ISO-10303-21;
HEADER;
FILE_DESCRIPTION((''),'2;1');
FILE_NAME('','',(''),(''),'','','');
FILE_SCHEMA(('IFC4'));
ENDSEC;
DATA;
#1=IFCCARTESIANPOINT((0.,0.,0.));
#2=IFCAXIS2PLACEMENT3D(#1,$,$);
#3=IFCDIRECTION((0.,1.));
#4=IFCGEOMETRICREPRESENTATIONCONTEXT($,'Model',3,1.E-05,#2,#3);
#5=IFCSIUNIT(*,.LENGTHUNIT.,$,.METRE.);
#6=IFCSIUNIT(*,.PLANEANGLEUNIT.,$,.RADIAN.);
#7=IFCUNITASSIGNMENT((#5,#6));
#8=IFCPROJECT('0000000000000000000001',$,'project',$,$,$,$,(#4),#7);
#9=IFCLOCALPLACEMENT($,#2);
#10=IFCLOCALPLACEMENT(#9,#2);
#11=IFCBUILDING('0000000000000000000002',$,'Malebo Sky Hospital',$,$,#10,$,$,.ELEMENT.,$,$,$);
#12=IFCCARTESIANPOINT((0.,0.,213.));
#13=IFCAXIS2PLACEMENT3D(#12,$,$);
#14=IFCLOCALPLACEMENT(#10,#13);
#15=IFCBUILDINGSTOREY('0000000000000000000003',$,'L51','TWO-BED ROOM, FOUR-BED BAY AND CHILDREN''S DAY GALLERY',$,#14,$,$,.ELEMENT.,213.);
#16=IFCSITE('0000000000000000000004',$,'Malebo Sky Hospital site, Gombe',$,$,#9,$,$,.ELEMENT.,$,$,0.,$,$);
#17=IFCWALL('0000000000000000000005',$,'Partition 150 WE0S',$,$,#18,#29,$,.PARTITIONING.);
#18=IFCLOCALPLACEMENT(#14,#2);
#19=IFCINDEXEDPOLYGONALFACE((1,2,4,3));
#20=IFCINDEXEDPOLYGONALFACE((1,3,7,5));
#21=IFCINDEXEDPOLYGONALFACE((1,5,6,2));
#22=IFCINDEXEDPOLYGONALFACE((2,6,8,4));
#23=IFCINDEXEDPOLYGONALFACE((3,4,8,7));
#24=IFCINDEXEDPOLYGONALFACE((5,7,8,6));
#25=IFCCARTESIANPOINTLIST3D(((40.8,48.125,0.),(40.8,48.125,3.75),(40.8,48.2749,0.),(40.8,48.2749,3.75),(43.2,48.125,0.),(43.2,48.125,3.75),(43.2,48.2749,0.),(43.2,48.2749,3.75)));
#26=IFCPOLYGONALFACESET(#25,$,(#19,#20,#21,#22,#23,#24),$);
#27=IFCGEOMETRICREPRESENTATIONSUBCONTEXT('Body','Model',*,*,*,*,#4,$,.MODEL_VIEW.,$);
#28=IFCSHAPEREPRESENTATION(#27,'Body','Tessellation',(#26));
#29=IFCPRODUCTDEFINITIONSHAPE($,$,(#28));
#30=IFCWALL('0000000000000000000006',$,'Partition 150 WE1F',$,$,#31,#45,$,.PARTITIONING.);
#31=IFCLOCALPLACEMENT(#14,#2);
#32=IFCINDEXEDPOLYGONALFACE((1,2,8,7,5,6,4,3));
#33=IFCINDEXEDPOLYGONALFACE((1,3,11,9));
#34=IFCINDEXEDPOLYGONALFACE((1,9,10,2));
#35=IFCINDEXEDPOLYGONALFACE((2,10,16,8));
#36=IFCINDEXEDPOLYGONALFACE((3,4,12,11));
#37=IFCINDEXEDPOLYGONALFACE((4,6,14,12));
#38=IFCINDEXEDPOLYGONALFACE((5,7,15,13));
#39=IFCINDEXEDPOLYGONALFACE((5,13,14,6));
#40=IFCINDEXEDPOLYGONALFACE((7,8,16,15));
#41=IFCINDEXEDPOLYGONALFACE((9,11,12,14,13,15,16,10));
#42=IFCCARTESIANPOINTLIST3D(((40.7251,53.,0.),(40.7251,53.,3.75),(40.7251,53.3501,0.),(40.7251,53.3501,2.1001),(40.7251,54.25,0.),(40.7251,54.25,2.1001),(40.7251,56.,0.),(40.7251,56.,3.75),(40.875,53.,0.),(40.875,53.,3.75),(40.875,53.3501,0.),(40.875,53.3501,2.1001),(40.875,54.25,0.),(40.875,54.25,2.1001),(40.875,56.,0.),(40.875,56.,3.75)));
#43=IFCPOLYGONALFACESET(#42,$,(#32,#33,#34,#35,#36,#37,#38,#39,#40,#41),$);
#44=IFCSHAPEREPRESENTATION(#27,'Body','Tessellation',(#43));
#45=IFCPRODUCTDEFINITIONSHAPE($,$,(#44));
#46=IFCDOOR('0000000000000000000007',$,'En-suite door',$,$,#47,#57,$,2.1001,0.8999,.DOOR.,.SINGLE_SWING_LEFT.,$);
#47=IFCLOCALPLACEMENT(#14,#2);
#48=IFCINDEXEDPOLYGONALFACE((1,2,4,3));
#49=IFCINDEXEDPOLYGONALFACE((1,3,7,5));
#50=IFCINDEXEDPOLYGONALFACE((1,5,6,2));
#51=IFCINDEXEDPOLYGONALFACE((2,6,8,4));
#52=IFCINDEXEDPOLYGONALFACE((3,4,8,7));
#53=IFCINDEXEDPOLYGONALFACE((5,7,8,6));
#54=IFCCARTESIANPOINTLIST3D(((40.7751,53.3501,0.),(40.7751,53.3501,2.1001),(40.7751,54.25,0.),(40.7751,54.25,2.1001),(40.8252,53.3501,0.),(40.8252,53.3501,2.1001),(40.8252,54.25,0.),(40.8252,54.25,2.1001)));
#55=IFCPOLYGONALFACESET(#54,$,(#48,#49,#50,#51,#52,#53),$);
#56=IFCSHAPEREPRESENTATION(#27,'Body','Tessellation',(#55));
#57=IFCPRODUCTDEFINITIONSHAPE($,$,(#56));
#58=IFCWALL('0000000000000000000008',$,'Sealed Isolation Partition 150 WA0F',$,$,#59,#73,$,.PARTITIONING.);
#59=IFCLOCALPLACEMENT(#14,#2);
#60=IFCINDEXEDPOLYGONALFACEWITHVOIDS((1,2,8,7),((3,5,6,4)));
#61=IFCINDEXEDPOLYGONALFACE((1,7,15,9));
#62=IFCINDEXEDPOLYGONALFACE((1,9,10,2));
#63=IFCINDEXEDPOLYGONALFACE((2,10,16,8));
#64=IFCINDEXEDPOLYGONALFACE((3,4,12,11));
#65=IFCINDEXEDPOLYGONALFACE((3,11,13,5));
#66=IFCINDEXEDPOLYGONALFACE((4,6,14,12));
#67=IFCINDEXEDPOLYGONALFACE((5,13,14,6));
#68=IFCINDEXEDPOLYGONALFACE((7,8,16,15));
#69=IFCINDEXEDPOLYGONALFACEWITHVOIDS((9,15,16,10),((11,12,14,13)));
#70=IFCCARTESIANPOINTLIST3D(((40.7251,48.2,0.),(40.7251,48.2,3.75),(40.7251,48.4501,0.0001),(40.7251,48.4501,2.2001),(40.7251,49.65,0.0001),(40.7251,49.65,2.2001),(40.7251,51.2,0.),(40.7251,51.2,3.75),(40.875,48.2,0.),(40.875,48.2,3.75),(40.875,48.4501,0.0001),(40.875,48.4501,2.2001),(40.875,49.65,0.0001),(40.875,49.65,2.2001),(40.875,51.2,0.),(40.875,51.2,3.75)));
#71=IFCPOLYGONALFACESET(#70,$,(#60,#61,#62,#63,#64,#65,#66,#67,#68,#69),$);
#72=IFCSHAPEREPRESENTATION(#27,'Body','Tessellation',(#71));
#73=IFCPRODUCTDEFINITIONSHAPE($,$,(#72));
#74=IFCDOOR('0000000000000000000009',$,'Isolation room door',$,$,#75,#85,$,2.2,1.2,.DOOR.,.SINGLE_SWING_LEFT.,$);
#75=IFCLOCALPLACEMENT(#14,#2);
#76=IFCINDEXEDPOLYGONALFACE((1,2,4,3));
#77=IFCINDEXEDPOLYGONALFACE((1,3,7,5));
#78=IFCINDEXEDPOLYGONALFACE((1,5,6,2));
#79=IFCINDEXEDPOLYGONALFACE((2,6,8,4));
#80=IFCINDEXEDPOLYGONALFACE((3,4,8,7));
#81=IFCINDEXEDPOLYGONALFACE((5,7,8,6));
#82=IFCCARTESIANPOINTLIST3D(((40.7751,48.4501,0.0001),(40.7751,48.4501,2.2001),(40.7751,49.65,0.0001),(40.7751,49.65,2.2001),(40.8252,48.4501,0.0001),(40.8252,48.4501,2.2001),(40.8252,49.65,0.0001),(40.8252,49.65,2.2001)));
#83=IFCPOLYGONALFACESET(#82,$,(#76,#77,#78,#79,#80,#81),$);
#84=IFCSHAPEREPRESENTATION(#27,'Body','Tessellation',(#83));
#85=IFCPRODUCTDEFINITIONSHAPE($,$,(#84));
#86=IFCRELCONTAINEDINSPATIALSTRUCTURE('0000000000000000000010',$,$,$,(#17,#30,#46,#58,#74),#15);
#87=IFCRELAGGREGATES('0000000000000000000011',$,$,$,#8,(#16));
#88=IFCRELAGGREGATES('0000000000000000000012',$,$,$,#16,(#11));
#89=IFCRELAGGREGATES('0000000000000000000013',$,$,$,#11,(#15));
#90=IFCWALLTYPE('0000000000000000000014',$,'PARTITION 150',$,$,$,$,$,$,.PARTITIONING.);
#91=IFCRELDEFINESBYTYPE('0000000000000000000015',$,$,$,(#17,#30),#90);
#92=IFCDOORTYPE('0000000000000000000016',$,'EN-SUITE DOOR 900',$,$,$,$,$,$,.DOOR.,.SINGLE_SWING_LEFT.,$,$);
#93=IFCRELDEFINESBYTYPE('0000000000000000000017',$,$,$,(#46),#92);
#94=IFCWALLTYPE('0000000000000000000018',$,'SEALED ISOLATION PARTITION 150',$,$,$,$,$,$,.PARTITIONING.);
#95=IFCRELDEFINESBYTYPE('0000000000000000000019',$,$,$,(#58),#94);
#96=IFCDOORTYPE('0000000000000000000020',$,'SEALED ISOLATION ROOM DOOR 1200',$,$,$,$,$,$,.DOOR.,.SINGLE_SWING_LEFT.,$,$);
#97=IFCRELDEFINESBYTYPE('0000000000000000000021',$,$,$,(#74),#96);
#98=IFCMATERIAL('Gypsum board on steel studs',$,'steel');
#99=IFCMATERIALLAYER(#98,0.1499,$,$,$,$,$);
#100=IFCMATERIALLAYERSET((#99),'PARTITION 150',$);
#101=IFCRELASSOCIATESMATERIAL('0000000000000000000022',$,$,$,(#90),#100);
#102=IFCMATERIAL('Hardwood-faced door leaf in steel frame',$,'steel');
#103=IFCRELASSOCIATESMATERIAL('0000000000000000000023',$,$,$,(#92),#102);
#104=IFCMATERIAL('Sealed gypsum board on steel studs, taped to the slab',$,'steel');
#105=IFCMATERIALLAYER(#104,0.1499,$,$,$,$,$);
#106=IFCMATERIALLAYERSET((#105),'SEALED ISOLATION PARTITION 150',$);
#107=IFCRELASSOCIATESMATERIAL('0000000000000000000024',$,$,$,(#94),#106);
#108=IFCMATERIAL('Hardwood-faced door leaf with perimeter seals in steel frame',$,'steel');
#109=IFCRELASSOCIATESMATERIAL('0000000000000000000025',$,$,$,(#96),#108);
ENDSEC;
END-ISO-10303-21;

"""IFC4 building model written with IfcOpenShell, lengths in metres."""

from ifc_helpers import new_model, si_unit, direction, frame, frame_2d, origin, place, context, subcontext, project, spatial, rectangle, extrude, material, layer, layer_set, type_object, element, fill, save


model = new_model("IFC4")

# Units and contexts
model_context = context("Model", 3, precision=1e-05, world=origin(), true_north=direction((0.0, 1.0)))
body_context = subcontext(model_context, "Body", "Model", "MODEL_VIEW")
ifc_project = project(units=[si_unit("LENGTHUNIT", "METRE"), si_unit("PLANEANGLEUNIT", "RADIAN")], contexts=[model_context])

# Site, building, storey
site_placement = place(None, origin())
site = spatial("IfcSite", under=ifc_project, at=site_placement, Name="Malebo Sky Hospital site, Gombe", CompositionType="ELEMENT", RefElevation=0.0)
building_placement = place(site_placement, origin())
building = spatial("IfcBuilding", under=site, at=building_placement, Name="Malebo Sky Hospital", CompositionType="ELEMENT")
storey_placement = place(building_placement, frame((0.0, 0.0, 213.0)))
storey = spatial("IfcBuildingStorey", under=building, at=storey_placement, Name="L51", Description="TWO-BED ROOM, FOUR-BED BAY AND CHILDREN'S DAY GALLERY", CompositionType="ELEMENT", Elevation=213.0)

# Wall
ifc_material_1 = material(Name="Gypsum board on steel studs", Category="steel")
ifc_layer_1 = layer(ifc_material_1, 0.1499)
ifc_layer_set_1 = layer_set([ifc_layer_1], Name="PARTITION 150")
wall_type_1 = type_object("IfcWallType", Name="PARTITION 150", PredefinedType="PARTITIONING", material=ifc_layer_set_1)
wall_1_placement = place(storey_placement, frame((43.2, 48.2, 0.0), z_axis=(0.0, 0.0, 1.0), x_axis=(-1.0, 0.0, 0.0)))
element("IfcWall", 1, at=wall_1_placement, inside=storey, type_object=wall_type_1, Name="Partition 150 WE0S", PredefinedType="PARTITIONING", context=body_context, shape_type="SweptSolid", body=[
    extrude(rectangle(XDim=2.3999, YDim=0.1499, at=frame_2d((1.2, 0.0))), origin(), (0.0, 0.0, 1.0), 3.75),
])

# Walls, openings, doors
wall_2_placement = place(storey_placement, frame((40.8, 53.0, 0.0), z_axis=(0.0, 0.0, 1.0), x_axis=(0.0, 1.0, 0.0)))
wall_2 = element("IfcWall", 2, at=wall_2_placement, inside=storey, type_object=wall_type_1, Name="Partition 150 WE1F", PredefinedType="PARTITIONING", context=body_context, shape_type="SweptSolid", body=[
    extrude(rectangle(XDim=3.0, YDim=0.1499, at=frame_2d((1.5, 0.0))), origin(), (0.0, 0.0, 1.0), 3.75),
])
opening_1_placement = place(wall_2_placement, frame((0.3501, 0.0, 0.0)))
opening_1 = element("IfcOpeningElement", 3, at=opening_1_placement, cuts=wall_2, PredefinedType="OPENING", context=body_context, shape_type="SweptSolid", body=[
    extrude(rectangle(XDim=0.8999, YDim=2.1001, at=frame_2d((0.45, 1.05))), frame((0.0, 0.085, 0.0), z_axis=(0.0, -1.0, 0.0), x_axis=(1.0, 0.0, 0.0)), (0.0, 0.0, 1.0), 0.1699),
])
ifc_material_2 = material(Name="Hardwood-faced door leaf in steel frame", Category="steel")
door_type_1 = type_object("IfcDoorType", Name="EN-SUITE DOOR 900", OperationType="SINGLE_SWING_LEFT", PredefinedType="DOOR", material=ifc_material_2)
door_1_placement = place(opening_1_placement, origin())
door_1 = element("IfcDoor", 4, at=door_1_placement, inside=storey, type_object=door_type_1, Name="En-suite door", OperationType="SINGLE_SWING_LEFT", OverallHeight=2.1001, OverallWidth=0.8999, PredefinedType="DOOR", context=body_context, shape_type="SweptSolid", body=[
    extrude(rectangle(XDim=0.8999, YDim=2.1001, at=frame_2d((0.45, 1.05))), frame((0.0, 0.0249, 0.0), z_axis=(0.0, -1.0, 0.0), x_axis=(1.0, 0.0, 0.0)), (0.0, 0.0, 1.0), 0.05),
])
fill(opening_1, door_1)
ifc_material_3 = material(Name="Sealed gypsum board on steel studs, taped to the slab", Category="steel")
ifc_layer_2 = layer(ifc_material_3, 0.1499)
ifc_layer_set_2 = layer_set([ifc_layer_2], Name="SEALED ISOLATION PARTITION 150")
wall_type_2 = type_object("IfcWallType", Name="SEALED ISOLATION PARTITION 150", PredefinedType="PARTITIONING", material=ifc_layer_set_2)
wall_3_placement = place(storey_placement, frame((40.8, 48.2, 0.0), z_axis=(0.0, 0.0, 1.0), x_axis=(0.0, 1.0, 0.0)))
wall_3 = element("IfcWall", 5, at=wall_3_placement, inside=storey, type_object=wall_type_2, Name="Sealed Isolation Partition 150 WA0F", PredefinedType="PARTITIONING", context=body_context, shape_type="SweptSolid", body=[
    extrude(rectangle(XDim=3.0, YDim=0.1499, at=frame_2d((1.5, 0.0))), origin(), (0.0, 0.0, 1.0), 3.75),
])
opening_2_placement = place(wall_3_placement, frame((0.25, 0.0, 0.0)))
opening_2 = element("IfcOpeningElement", 6, at=opening_2_placement, cuts=wall_3, PredefinedType="OPENING", context=body_context, shape_type="SweptSolid", body=[
    extrude(rectangle(XDim=1.2, YDim=2.2, at=frame_2d((0.6001, 1.1001))), frame((0.0, 0.085, 0.0), z_axis=(0.0, -1.0, 0.0), x_axis=(1.0, 0.0, 0.0)), (0.0, 0.0, 1.0), 0.1699),
])
ifc_material_4 = material(Name="Hardwood-faced door leaf with perimeter seals in steel frame", Category="steel")
door_type_2 = type_object("IfcDoorType", Name="SEALED ISOLATION ROOM DOOR 1200", OperationType="SINGLE_SWING_LEFT", PredefinedType="DOOR", material=ifc_material_4)
door_2_placement = place(opening_2_placement, origin())
door_2 = element("IfcDoor", 7, at=door_2_placement, inside=storey, type_object=door_type_2, Name="Isolation room door", OperationType="SINGLE_SWING_LEFT", OverallHeight=2.2, OverallWidth=1.2, PredefinedType="DOOR", context=body_context, shape_type="SweptSolid", body=[
    extrude(rectangle(XDim=1.2, YDim=2.2, at=frame_2d((0.6001, 1.1001))), frame((0.0, 0.0249, 0.0), z_axis=(0.0, -1.0, 0.0), x_axis=(1.0, 0.0, 0.0)), (0.0, 0.0, 1.0), 0.05),
])
fill(opening_2, door_2)

save(model, "model.ifc")
